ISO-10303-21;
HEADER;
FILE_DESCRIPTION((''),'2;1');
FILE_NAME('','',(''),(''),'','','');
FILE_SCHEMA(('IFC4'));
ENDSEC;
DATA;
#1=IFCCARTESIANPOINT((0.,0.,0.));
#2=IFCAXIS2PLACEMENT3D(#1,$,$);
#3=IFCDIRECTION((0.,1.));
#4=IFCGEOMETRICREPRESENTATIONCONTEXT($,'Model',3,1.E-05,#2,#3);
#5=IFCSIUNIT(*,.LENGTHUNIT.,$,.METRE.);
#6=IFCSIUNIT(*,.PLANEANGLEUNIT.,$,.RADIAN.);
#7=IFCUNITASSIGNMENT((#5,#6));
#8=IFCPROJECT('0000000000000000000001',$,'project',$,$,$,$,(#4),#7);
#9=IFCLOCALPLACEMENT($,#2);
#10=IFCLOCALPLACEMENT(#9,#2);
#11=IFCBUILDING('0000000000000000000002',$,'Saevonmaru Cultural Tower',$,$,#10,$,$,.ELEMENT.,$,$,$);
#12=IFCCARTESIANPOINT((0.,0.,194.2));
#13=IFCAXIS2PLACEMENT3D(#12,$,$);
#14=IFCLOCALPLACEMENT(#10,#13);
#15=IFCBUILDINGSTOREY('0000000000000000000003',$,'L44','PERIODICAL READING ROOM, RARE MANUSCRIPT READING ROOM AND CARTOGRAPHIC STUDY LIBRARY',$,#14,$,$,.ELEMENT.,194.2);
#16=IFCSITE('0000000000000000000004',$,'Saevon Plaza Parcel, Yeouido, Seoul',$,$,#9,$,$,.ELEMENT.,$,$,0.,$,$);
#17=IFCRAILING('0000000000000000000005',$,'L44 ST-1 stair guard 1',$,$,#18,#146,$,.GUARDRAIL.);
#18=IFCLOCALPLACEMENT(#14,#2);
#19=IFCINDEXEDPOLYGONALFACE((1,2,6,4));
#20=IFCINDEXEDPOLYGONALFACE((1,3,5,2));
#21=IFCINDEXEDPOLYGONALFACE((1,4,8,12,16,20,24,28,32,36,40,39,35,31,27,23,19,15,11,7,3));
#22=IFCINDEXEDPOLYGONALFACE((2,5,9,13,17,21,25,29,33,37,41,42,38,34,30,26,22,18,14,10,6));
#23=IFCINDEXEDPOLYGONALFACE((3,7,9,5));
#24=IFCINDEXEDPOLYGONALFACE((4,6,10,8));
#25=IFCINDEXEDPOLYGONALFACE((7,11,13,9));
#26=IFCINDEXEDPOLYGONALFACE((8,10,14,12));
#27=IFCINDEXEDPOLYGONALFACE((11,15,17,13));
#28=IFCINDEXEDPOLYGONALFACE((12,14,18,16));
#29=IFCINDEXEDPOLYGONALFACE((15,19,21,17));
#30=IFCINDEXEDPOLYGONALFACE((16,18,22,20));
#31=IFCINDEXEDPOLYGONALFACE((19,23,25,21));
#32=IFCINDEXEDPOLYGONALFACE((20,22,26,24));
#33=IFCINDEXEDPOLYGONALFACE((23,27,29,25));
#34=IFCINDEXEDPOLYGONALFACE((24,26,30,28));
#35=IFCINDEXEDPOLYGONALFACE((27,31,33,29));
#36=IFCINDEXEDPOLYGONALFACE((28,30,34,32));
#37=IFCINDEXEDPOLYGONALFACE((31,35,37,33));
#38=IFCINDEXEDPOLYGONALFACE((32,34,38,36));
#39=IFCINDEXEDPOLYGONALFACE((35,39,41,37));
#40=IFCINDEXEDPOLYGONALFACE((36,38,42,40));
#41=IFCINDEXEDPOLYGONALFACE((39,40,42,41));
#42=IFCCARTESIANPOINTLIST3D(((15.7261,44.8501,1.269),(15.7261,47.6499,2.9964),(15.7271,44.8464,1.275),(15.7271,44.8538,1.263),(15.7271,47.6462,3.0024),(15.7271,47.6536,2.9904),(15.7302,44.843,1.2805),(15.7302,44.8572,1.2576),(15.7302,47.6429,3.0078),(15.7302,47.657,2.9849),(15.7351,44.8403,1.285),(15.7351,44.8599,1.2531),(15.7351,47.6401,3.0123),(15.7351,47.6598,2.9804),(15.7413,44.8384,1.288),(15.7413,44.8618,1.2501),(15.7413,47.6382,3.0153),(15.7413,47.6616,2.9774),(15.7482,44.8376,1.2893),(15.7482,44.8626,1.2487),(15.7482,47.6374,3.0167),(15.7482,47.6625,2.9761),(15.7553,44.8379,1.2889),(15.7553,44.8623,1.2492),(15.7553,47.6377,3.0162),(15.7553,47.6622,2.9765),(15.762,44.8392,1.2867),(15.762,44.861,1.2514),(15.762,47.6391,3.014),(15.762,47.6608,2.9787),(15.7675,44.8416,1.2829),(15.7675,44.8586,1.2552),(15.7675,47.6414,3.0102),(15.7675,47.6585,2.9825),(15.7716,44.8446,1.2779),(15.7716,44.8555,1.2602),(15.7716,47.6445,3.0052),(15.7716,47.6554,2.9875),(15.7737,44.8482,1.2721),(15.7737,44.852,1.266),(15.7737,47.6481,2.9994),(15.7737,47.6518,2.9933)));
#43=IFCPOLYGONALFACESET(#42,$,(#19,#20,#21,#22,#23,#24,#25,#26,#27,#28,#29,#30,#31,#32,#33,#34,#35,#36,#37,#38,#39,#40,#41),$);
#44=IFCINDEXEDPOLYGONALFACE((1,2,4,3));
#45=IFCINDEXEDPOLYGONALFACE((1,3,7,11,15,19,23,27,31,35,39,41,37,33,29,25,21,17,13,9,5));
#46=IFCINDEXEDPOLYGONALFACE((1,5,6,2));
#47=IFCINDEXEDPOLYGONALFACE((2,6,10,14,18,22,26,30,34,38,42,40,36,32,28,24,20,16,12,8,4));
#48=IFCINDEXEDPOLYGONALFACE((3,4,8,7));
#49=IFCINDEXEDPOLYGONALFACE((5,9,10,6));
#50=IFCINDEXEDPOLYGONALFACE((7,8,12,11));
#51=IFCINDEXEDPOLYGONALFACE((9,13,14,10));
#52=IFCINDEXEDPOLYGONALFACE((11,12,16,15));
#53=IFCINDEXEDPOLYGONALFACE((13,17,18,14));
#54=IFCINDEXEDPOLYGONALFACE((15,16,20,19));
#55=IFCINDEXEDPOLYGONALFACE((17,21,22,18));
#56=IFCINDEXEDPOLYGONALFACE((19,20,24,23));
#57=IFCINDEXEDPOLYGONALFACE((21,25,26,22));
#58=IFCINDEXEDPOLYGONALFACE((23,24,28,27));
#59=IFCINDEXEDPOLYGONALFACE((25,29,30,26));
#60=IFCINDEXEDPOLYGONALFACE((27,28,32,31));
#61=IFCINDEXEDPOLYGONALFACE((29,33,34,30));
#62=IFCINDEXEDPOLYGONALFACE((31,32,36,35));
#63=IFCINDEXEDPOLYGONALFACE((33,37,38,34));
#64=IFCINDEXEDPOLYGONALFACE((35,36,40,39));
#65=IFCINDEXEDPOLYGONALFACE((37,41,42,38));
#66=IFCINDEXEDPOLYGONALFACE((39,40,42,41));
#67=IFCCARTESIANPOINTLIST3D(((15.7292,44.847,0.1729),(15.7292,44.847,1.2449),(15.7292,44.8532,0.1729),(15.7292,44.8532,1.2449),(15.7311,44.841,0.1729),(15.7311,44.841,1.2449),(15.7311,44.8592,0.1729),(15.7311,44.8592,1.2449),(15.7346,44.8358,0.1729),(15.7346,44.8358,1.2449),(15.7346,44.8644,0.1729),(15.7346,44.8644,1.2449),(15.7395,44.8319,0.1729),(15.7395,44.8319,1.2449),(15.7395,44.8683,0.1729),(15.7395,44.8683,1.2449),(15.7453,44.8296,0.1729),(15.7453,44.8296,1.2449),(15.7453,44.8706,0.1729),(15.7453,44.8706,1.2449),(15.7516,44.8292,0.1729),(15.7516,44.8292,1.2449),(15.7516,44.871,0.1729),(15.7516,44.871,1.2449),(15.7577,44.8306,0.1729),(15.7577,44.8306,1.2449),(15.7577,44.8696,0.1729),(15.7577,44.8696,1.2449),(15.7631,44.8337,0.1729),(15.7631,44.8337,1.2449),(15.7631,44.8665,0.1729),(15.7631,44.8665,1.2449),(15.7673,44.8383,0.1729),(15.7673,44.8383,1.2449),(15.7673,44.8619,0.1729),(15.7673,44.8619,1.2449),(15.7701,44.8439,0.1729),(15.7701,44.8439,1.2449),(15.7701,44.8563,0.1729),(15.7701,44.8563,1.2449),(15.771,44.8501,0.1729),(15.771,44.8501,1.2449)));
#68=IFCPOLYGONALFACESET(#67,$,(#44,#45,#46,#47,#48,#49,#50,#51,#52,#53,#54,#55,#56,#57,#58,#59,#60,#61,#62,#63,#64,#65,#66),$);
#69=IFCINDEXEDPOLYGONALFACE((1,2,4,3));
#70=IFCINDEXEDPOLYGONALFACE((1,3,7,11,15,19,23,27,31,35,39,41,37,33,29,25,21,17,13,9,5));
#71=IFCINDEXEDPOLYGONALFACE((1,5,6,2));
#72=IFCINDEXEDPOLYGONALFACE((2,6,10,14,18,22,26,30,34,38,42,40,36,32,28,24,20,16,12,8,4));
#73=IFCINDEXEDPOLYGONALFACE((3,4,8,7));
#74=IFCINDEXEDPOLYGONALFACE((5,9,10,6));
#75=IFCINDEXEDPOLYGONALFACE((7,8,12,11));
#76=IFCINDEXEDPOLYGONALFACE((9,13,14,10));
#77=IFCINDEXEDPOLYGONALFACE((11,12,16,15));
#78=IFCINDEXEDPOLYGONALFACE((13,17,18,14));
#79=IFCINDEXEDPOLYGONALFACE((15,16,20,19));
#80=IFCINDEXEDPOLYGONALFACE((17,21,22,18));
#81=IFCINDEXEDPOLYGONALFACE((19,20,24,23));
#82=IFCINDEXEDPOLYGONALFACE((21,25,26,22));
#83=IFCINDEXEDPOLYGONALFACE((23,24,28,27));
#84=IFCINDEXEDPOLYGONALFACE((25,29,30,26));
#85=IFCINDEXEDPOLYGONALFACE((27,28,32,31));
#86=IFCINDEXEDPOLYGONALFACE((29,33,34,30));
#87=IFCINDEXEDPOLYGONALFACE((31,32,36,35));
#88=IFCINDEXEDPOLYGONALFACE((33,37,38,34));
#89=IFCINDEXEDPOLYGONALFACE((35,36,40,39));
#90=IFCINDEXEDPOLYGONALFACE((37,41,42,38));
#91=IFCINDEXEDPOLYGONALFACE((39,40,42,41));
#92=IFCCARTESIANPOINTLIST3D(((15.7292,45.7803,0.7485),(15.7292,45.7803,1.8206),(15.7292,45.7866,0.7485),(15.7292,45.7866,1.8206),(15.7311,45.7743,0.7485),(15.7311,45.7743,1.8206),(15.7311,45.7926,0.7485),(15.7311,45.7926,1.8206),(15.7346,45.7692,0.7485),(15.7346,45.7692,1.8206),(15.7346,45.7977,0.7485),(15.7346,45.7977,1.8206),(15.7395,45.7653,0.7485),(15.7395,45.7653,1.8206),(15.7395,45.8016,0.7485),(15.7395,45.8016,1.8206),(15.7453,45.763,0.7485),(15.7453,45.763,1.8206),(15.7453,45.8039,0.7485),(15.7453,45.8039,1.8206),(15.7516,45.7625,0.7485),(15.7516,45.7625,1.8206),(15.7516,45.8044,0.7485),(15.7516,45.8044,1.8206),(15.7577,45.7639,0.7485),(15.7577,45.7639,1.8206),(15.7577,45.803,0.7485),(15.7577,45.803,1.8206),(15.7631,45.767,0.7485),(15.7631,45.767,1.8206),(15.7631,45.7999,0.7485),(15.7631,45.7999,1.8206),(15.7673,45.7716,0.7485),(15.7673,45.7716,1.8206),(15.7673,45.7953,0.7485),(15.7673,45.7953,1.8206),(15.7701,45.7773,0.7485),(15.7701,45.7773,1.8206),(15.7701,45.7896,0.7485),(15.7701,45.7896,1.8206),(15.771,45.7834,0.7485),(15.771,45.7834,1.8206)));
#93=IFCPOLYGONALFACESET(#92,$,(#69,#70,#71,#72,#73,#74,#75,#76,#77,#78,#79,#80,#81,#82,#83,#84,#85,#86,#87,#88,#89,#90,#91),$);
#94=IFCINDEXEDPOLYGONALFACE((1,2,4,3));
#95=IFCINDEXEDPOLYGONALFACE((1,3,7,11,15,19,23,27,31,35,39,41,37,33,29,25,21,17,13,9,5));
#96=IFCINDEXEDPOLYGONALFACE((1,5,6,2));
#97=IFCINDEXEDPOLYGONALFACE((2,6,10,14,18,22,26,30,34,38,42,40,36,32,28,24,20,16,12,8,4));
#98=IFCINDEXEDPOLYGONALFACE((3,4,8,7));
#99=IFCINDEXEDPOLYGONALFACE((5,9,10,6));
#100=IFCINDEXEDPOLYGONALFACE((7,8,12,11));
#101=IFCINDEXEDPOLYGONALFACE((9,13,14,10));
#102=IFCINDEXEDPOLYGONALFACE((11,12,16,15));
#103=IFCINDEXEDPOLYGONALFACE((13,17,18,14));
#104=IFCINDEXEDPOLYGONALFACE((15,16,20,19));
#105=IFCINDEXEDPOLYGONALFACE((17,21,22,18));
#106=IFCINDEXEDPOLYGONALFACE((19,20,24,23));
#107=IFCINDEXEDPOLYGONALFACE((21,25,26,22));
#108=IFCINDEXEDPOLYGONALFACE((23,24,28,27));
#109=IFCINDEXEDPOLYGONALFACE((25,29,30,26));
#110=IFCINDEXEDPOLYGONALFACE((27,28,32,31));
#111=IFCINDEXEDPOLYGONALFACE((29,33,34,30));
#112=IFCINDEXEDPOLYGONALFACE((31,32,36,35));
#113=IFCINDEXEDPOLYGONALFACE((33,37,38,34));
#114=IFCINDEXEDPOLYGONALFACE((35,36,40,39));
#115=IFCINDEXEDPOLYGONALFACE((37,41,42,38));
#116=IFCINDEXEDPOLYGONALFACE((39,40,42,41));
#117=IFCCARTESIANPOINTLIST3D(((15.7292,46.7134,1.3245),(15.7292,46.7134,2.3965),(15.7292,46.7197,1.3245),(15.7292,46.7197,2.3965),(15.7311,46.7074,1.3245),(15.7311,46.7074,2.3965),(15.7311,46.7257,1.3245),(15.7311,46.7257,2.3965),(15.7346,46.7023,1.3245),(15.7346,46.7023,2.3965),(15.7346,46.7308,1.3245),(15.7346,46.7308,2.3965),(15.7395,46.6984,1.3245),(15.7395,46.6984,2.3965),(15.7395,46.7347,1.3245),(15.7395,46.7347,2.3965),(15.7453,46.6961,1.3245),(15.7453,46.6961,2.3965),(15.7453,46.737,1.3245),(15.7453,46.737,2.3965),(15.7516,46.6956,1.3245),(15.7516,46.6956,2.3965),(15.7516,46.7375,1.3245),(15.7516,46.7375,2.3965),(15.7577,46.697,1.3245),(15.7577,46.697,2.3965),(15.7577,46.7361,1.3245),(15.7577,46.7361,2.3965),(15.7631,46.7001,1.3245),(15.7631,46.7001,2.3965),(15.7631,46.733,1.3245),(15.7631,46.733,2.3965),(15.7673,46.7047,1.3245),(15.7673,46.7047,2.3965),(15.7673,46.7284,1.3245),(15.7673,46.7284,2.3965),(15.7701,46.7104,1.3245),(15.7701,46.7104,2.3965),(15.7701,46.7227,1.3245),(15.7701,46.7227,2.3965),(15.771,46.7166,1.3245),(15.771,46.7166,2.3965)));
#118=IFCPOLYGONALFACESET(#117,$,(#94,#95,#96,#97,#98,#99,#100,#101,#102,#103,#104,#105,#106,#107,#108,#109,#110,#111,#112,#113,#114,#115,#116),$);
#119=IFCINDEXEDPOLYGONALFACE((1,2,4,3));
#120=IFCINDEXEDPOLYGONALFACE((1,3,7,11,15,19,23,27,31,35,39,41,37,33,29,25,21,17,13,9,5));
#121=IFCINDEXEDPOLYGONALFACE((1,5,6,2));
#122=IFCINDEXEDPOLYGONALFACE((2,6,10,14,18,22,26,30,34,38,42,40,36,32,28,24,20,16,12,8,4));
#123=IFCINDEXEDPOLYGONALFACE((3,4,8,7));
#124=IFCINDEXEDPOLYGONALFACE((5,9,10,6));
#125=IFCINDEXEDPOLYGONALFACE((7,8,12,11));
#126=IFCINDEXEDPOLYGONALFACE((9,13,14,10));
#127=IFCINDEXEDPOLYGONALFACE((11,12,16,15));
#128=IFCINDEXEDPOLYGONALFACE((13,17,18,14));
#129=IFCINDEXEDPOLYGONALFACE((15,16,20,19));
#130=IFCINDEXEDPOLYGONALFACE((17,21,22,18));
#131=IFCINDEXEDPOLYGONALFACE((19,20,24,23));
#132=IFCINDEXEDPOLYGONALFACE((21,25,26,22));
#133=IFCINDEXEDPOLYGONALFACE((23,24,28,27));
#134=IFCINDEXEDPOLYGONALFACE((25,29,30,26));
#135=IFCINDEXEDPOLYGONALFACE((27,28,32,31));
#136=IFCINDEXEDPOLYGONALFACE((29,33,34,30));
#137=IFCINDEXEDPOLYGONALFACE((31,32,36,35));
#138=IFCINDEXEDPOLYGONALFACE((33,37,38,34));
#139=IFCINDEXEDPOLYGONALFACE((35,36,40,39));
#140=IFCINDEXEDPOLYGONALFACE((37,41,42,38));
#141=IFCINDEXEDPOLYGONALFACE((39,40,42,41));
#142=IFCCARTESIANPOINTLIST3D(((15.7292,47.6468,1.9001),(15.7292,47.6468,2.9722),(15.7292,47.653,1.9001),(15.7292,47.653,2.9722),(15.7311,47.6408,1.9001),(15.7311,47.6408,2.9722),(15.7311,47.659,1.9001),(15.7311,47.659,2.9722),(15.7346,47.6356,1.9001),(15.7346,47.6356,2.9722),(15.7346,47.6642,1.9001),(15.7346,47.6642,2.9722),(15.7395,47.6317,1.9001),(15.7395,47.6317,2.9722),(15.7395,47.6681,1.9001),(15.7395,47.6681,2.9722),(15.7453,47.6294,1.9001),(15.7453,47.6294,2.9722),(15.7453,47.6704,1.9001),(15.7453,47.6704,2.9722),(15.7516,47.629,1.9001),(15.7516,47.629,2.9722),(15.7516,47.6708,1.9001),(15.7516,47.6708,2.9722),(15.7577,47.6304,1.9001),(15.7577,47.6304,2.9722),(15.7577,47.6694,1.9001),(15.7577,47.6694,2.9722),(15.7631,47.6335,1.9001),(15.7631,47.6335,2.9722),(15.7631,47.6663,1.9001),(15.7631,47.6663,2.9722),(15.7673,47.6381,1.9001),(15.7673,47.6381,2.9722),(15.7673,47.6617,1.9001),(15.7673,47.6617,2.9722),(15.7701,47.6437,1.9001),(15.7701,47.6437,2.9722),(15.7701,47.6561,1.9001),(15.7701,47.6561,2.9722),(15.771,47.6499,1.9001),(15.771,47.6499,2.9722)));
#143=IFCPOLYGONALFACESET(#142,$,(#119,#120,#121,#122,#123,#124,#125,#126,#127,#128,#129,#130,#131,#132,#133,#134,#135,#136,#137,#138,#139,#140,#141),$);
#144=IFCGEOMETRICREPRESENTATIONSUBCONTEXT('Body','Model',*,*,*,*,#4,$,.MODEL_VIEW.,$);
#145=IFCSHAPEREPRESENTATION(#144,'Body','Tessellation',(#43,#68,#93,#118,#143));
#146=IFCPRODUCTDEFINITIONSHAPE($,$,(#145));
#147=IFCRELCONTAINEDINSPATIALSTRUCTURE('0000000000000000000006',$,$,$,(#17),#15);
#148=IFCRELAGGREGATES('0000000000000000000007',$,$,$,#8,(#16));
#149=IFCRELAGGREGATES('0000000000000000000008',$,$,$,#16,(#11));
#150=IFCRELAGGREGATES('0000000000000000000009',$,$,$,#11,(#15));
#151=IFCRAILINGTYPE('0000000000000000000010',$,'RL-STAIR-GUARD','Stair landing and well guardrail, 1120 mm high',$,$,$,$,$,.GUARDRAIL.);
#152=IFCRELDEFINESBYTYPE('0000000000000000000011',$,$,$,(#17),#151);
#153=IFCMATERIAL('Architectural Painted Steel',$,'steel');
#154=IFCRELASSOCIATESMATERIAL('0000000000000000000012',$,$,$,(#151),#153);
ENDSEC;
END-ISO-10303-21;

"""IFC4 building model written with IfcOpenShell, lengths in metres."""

from ifc_helpers import new_model, si_unit, direction, frame, origin, origin_2d, place, context, subcontext, project, spatial, circle, extrude, material, type_object, element, save


model = new_model("IFC4")

# Units and contexts
model_context = context("Model", 3, precision=1e-05, world=origin(), true_north=direction((0.0, 1.0)))
body_context = subcontext(model_context, "Body", "Model", "MODEL_VIEW")
ifc_project = project(units=[si_unit("LENGTHUNIT", "METRE"), si_unit("PLANEANGLEUNIT", "RADIAN")], contexts=[model_context])

# Site, building, storey
site_placement = place(None, origin())
site = spatial("IfcSite", under=ifc_project, at=site_placement, Name="Saevon Plaza Parcel, Yeouido, Seoul", CompositionType="ELEMENT", RefElevation=0.0)
building_placement = place(site_placement, origin())
building = spatial("IfcBuilding", under=site, at=building_placement, Name="Saevonmaru Cultural Tower", CompositionType="ELEMENT")
storey_placement = place(building_placement, frame((0.0, 0.0, 194.2)))
storey = spatial("IfcBuildingStorey", under=building, at=storey_placement, Name="L44", Description="PERIODICAL READING ROOM, RARE MANUSCRIPT READING ROOM AND CARTOGRAPHIC STUDY LIBRARY", CompositionType="ELEMENT", Elevation=194.2)

# Railing
ifc_material_1 = material(Name="Architectural Painted Steel", Category="steel")
railing_type_1 = type_object("IfcRailingType", Name="RL-STAIR-GUARD", Description="Stair landing and well guardrail, 1120 mm high", PredefinedType="GUARDRAIL", material=ifc_material_1)
railing_1_placement = place(storey_placement, frame((15.75, 44.8501, 0.1729)))
element("IfcRailing", 1, at=railing_1_placement, inside=storey, type_object=railing_type_1, Name="L44 ST-1 stair guard 1", PredefinedType="GUARDRAIL", context=body_context, shape_type="SweptSolid", body=[
    extrude(circle(Radius=0.0239, at=origin_2d()), frame((0.0, 0.0, 1.0962), z_axis=(0.0, 0.851069, 0.525054), x_axis=(-1.0, 0.0, 0.0)), (0.0, 0.0, 1.0), 3.2898),
    extrude(circle(Radius=0.021, at=origin_2d()), origin(), (0.0, 0.0, 1.0), 1.072),
    extrude(circle(Radius=0.021, at=origin_2d()), frame((0.0, 0.9333, 0.5757)), (0.0, 0.0, 1.0), 1.072),
    extrude(circle(Radius=0.021, at=origin_2d()), frame((0.0, 1.8665, 1.1516)), (0.0, 0.0, 1.0), 1.072),
    extrude(circle(Radius=0.021, at=origin_2d()), frame((0.0, 2.7998, 1.7273)), (0.0, 0.0, 1.0), 1.072),
])

save(model, "model.ifc")
